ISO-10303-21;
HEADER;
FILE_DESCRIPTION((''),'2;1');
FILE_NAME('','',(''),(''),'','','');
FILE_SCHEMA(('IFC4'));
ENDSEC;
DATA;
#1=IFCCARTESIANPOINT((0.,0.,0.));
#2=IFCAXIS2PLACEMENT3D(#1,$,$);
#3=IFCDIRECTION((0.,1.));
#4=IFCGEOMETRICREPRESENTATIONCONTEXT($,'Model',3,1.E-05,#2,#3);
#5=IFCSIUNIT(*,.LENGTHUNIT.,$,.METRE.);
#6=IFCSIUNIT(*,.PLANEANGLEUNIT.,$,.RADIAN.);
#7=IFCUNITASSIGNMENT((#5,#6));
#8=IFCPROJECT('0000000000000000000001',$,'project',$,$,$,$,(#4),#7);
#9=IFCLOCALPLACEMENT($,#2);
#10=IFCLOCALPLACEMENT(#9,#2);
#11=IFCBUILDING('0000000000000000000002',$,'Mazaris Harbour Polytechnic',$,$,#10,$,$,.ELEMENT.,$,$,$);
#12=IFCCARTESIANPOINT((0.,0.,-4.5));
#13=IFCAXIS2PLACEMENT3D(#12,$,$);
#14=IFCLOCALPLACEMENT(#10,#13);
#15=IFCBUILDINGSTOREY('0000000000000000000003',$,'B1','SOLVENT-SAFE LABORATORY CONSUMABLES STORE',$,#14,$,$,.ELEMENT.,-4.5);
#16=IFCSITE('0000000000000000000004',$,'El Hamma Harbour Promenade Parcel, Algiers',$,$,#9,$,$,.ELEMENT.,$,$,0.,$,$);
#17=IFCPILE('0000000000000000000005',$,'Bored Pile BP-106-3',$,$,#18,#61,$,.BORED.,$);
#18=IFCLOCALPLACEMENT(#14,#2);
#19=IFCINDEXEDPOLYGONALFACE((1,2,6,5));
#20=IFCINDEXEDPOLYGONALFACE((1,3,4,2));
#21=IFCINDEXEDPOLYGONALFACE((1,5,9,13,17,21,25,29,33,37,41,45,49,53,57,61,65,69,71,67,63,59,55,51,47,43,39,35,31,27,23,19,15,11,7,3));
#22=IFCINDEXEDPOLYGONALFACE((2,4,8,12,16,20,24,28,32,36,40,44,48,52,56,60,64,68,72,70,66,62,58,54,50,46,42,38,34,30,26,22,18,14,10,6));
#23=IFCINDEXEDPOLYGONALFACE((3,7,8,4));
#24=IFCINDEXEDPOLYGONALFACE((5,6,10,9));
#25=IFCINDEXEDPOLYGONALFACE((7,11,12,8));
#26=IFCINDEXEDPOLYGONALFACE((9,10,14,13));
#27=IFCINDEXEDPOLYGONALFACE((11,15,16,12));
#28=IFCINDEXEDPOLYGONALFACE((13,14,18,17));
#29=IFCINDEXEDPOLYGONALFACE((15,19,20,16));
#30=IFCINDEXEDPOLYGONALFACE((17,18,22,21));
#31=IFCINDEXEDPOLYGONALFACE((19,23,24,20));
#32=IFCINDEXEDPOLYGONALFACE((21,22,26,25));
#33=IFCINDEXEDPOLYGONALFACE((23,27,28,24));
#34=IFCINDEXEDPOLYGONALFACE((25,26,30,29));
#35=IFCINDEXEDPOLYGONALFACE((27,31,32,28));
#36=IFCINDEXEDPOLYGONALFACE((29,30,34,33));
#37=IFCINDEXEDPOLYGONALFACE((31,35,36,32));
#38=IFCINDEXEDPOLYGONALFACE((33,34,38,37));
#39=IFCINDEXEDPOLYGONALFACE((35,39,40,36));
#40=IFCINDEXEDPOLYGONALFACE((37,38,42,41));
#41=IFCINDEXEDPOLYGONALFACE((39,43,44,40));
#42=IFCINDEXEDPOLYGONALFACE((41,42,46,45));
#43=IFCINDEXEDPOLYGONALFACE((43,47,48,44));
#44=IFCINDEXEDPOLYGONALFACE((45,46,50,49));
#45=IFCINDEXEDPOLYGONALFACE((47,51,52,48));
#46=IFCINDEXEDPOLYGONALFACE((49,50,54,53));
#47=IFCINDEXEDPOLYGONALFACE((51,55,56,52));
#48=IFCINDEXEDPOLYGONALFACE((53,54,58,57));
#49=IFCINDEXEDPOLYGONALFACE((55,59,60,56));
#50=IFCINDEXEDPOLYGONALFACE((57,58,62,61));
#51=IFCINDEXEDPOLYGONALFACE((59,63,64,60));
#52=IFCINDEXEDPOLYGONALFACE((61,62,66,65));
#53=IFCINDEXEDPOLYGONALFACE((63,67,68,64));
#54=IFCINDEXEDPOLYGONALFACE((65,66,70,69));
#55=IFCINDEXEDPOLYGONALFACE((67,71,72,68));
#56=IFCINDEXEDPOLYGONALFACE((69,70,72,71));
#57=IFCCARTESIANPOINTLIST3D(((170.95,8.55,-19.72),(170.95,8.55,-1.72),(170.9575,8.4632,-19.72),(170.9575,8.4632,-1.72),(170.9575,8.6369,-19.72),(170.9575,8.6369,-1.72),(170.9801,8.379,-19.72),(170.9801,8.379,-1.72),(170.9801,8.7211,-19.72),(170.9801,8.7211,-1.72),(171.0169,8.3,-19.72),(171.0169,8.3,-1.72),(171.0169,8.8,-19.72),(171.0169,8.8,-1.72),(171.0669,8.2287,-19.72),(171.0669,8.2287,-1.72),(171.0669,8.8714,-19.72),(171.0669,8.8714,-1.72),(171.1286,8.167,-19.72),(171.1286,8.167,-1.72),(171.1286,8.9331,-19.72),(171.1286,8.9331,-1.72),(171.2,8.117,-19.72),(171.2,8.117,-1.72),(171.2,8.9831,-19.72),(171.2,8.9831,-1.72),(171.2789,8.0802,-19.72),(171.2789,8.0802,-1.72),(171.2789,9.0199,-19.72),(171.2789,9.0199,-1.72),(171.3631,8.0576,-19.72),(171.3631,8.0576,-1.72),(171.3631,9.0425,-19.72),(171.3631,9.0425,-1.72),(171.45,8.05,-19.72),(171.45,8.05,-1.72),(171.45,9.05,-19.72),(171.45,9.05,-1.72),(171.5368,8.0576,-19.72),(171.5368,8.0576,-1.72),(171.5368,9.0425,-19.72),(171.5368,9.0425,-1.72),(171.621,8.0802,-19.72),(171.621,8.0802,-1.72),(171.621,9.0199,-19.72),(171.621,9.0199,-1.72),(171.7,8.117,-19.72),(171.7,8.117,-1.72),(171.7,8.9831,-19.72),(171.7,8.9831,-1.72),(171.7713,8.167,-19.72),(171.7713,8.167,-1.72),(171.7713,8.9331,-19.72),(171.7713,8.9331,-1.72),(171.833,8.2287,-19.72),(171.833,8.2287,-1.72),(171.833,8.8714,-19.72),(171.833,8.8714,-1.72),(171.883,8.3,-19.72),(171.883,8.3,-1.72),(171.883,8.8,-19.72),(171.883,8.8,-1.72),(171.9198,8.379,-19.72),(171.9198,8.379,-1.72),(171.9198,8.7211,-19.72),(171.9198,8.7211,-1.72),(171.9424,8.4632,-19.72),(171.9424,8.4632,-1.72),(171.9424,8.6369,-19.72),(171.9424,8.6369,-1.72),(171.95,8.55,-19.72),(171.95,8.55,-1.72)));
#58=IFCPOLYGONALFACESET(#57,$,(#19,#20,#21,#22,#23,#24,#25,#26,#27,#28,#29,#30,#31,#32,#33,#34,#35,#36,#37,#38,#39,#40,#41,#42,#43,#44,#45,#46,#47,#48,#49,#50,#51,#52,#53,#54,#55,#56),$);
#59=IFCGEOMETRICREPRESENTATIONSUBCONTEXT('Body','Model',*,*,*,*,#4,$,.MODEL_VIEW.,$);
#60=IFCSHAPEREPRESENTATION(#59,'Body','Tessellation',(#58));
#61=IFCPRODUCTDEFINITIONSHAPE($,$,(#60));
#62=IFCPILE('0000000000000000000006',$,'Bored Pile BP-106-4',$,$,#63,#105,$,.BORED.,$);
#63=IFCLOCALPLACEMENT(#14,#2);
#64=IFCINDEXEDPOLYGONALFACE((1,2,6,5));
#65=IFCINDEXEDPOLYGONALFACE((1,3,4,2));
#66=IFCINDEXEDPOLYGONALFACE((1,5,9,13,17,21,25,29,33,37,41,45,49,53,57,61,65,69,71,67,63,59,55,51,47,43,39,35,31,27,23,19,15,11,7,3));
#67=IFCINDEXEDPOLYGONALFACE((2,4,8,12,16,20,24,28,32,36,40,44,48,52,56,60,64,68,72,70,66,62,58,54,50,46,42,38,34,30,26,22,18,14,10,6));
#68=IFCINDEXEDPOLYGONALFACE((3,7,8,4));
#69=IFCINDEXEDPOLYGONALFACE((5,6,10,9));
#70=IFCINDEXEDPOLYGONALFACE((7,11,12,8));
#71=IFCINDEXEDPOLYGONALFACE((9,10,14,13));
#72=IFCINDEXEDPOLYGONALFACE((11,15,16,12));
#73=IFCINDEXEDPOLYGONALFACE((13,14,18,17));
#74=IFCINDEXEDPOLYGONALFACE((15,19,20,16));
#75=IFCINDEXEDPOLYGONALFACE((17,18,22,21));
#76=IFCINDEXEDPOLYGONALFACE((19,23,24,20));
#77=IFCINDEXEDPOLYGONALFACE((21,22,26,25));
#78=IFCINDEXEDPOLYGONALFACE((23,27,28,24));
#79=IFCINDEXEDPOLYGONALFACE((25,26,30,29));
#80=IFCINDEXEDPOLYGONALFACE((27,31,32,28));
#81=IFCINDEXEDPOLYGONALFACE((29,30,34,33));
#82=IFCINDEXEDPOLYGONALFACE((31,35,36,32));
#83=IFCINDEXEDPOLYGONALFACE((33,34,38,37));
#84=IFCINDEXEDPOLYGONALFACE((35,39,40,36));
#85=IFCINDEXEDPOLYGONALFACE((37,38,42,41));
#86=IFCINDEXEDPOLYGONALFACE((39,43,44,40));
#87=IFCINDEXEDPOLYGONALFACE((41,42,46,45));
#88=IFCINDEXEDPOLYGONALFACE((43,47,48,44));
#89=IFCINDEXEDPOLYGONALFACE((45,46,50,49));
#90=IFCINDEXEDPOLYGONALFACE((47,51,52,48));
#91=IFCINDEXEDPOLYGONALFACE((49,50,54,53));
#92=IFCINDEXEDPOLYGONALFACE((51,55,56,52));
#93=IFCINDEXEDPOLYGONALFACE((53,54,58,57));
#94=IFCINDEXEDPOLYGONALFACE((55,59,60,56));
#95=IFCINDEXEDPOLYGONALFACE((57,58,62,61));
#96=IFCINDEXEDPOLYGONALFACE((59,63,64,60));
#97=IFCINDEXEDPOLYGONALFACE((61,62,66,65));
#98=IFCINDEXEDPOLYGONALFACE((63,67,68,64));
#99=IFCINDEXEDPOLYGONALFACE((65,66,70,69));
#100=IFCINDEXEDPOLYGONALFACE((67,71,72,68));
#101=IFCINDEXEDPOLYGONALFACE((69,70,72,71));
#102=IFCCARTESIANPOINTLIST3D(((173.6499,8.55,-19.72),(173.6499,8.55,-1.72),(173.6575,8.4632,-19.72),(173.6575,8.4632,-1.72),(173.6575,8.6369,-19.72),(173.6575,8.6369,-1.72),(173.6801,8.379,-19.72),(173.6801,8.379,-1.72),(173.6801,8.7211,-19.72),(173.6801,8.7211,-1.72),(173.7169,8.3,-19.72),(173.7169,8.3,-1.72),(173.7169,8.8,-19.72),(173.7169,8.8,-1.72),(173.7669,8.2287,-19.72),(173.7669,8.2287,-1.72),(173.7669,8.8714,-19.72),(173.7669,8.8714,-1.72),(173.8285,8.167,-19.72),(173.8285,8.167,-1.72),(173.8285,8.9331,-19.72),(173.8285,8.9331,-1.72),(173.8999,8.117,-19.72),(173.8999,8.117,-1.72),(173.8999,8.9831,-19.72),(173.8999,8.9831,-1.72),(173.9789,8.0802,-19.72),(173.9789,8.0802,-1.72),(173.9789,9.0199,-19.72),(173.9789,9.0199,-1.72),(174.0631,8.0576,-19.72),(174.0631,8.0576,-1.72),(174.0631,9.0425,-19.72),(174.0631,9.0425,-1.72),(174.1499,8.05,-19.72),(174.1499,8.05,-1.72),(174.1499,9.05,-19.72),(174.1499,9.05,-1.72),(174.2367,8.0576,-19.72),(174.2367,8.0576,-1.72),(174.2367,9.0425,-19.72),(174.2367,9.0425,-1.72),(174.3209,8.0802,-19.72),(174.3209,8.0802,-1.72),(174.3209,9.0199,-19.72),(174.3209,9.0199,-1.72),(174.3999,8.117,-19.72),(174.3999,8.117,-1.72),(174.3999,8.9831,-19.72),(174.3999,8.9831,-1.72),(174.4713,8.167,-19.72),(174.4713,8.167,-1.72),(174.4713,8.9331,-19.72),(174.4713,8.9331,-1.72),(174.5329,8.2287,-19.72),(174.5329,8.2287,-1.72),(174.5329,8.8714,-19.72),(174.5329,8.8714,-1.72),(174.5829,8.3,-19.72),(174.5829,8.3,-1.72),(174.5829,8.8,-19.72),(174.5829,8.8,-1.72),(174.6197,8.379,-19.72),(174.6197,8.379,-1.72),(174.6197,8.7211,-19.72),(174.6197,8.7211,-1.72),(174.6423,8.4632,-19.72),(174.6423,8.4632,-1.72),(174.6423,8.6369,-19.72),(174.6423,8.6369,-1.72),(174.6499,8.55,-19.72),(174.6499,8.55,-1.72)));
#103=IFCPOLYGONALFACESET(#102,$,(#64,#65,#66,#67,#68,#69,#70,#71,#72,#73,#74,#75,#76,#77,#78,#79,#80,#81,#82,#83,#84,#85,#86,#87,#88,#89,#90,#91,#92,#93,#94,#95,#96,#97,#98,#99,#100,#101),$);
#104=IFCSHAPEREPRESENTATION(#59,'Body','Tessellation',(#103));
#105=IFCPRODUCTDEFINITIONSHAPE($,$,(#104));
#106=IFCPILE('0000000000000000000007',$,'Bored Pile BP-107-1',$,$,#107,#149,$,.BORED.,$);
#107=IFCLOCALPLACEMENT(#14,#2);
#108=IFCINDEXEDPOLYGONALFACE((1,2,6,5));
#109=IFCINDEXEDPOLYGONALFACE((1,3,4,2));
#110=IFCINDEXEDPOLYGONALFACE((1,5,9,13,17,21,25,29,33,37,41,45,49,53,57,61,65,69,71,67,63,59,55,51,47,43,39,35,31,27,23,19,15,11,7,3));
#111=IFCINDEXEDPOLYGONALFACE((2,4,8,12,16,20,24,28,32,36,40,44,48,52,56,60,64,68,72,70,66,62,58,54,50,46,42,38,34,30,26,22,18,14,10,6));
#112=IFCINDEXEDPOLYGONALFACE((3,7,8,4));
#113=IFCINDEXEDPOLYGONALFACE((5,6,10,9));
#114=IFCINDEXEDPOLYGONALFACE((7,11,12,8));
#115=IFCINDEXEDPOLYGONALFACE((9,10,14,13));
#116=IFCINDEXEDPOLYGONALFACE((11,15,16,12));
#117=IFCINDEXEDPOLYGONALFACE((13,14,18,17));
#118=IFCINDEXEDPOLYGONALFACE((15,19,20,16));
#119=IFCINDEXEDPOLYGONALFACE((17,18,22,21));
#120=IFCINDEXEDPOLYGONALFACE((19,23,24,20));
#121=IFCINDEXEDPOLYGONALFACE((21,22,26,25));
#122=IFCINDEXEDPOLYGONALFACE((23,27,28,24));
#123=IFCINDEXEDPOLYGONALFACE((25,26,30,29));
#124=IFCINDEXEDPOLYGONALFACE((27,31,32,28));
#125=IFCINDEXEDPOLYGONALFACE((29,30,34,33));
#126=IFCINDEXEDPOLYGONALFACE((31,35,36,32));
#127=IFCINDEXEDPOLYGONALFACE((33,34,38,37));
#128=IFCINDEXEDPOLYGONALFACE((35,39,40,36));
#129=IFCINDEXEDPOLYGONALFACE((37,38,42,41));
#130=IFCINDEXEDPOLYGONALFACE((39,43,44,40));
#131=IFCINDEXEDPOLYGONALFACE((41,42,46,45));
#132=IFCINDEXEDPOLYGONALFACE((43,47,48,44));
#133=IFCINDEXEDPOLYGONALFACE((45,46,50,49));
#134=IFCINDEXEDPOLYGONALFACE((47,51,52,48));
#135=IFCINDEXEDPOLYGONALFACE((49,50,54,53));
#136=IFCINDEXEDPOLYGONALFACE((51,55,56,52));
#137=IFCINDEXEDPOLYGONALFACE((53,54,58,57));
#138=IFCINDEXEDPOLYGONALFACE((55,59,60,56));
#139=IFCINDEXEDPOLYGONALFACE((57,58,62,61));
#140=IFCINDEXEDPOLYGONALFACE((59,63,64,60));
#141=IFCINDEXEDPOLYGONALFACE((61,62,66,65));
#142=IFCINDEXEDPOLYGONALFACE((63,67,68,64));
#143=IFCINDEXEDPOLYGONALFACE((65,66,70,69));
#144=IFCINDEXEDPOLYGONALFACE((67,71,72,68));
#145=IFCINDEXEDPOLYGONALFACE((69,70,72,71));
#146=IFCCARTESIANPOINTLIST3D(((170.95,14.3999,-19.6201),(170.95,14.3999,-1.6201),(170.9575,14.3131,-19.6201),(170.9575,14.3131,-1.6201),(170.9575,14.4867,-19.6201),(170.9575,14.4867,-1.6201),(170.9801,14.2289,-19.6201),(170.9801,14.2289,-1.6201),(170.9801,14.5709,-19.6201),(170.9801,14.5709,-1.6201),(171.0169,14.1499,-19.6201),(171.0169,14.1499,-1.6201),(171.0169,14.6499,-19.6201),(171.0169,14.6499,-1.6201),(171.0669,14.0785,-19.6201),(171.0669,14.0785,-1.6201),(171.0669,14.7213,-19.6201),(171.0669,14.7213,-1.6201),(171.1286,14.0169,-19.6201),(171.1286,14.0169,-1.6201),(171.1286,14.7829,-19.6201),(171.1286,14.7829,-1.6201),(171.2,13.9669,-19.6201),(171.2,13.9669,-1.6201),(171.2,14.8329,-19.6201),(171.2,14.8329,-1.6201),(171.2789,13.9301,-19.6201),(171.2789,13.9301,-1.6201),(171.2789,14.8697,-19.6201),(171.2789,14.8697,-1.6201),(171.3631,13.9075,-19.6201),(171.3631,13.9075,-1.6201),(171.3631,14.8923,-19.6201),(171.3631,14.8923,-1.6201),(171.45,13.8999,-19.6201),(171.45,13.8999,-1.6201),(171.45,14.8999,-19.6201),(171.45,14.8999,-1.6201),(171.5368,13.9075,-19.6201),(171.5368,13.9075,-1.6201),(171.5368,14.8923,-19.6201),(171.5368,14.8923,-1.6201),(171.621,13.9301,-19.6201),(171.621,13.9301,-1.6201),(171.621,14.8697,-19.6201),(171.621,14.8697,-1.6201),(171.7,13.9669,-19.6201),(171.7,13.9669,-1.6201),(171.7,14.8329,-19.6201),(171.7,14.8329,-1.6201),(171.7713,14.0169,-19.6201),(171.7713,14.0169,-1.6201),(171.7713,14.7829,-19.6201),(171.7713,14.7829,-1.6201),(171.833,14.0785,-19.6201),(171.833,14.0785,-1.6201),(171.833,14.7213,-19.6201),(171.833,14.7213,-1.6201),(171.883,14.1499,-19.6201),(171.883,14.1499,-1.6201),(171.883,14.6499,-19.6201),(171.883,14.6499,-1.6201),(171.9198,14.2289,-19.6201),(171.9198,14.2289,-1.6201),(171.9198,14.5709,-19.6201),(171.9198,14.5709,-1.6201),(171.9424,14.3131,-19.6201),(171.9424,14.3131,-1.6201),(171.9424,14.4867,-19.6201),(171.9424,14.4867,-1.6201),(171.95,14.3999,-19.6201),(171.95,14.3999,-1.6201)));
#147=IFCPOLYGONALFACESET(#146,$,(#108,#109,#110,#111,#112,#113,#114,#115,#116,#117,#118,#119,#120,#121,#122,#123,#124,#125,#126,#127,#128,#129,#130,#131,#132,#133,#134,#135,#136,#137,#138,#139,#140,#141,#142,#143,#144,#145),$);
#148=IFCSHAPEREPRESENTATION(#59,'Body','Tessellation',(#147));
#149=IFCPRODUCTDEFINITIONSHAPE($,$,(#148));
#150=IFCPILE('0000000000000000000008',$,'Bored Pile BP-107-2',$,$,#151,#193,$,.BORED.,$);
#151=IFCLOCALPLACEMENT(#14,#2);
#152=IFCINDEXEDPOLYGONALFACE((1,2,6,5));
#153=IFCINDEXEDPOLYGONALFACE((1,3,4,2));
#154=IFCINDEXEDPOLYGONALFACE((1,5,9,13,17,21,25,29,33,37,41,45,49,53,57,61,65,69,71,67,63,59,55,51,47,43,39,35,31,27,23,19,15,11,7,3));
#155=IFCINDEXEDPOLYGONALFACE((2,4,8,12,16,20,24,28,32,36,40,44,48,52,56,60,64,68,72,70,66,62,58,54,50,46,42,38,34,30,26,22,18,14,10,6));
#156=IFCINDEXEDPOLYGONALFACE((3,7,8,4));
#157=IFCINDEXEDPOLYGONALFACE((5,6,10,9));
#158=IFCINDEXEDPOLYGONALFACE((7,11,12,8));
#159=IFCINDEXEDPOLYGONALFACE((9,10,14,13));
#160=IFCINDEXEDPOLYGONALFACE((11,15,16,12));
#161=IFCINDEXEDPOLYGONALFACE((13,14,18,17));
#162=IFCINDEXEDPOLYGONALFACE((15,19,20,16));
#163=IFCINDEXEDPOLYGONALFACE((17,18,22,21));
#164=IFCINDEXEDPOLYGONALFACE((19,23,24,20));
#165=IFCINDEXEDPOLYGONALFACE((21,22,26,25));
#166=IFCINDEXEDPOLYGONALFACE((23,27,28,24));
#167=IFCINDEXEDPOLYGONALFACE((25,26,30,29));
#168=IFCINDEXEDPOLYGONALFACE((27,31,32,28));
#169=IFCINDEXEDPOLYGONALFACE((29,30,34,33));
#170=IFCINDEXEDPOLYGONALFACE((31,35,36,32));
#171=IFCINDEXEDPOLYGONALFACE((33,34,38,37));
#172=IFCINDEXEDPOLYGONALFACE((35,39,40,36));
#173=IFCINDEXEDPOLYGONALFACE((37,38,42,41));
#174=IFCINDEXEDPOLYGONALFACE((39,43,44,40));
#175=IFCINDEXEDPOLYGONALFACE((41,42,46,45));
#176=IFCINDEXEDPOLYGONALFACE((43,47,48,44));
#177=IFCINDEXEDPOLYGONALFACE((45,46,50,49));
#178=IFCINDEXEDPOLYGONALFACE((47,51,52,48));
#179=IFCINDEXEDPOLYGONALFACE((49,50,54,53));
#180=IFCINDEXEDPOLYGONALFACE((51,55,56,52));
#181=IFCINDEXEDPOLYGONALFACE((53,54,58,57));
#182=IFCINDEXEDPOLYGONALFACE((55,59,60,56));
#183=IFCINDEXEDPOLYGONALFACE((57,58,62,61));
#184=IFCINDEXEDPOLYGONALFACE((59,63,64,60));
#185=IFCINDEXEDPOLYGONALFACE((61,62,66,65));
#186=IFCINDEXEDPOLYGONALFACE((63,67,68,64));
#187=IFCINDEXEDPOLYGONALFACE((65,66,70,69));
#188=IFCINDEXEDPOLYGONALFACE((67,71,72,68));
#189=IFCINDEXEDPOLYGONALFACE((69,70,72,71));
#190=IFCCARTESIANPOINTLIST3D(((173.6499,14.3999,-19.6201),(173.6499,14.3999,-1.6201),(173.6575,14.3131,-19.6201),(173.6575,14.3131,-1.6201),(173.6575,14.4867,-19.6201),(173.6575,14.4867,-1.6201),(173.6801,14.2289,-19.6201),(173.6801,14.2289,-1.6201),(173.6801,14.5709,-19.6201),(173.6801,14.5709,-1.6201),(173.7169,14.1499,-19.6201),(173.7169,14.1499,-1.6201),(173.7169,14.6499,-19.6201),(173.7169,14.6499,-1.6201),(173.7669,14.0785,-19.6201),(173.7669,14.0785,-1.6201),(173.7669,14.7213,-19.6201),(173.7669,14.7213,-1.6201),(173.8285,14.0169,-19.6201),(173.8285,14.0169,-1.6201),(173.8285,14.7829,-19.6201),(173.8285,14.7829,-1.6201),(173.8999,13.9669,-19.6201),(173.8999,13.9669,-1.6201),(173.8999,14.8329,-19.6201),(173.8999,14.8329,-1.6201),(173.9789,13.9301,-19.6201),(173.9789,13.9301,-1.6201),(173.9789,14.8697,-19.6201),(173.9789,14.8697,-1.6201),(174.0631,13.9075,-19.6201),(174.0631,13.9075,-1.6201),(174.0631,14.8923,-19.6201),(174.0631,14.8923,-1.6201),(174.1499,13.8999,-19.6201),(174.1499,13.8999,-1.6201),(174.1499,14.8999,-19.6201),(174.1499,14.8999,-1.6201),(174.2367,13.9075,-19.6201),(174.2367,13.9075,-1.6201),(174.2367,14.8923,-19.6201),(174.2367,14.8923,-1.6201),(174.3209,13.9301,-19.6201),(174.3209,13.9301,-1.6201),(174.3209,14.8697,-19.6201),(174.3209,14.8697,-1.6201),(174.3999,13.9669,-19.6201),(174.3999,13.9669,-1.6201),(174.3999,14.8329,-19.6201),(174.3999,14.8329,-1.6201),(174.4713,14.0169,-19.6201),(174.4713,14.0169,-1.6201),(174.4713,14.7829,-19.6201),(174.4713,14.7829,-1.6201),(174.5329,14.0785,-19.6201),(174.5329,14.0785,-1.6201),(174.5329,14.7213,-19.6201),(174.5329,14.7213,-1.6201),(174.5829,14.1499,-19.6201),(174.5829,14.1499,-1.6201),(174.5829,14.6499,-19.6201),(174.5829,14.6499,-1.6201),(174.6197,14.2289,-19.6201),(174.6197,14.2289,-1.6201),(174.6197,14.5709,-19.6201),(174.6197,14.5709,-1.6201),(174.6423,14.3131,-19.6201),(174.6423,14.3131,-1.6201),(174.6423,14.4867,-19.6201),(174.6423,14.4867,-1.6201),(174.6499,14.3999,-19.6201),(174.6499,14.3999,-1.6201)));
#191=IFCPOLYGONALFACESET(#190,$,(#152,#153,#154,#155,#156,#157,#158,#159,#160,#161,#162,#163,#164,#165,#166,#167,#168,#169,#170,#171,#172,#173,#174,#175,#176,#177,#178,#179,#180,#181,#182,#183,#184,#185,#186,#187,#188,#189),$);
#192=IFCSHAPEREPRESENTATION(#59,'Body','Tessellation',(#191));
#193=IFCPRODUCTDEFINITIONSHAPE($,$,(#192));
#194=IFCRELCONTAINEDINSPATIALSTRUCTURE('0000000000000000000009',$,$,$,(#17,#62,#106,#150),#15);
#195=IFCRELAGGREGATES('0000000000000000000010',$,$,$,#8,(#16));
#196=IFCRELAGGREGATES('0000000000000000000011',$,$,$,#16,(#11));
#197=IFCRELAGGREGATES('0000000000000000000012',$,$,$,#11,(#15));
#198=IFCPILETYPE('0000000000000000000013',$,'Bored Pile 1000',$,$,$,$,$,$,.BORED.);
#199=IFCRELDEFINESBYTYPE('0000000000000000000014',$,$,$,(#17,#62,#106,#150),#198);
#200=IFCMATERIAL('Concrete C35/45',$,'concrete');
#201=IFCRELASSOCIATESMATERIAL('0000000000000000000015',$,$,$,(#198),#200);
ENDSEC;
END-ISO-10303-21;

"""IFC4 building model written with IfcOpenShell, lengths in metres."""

from ifc_helpers import new_model, si_unit, direction, frame, origin, origin_2d, place, context, subcontext, project, spatial, circle, extrude, material, material_profile, profile_set, type_object, element, save


model = new_model("IFC4")

# Units and contexts
model_context = context("Model", 3, precision=1e-05, world=origin(), true_north=direction((0.0, 1.0)))
body_context = subcontext(model_context, "Body", "Model", "MODEL_VIEW")
ifc_project = project(units=[si_unit("LENGTHUNIT", "METRE"), si_unit("PLANEANGLEUNIT", "RADIAN")], contexts=[model_context])

# Site, building, storey
site_placement = place(None, origin())
site = spatial("IfcSite", under=ifc_project, at=site_placement, Name="El Hamma Harbour Promenade Parcel, Algiers", CompositionType="ELEMENT", RefElevation=0.0)
building_placement = place(site_placement, origin())
building = spatial("IfcBuilding", under=site, at=building_placement, Name="Mazaris Harbour Polytechnic", CompositionType="ELEMENT")
storey_placement = place(building_placement, frame((0.0, 0.0, -4.5)))
storey = spatial("IfcBuildingStorey", under=building, at=storey_placement, Name="B1", Description="SOLVENT-SAFE LABORATORY CONSUMABLES STORE", CompositionType="ELEMENT", Elevation=-4.5)

# Piles
ifc_material_1 = material(Name="Concrete C35/45", Category="concrete")
ifc_material_profile_1 = material_profile(ifc_material_1, circle(Radius=0.5, at=origin_2d()), Name="DIA1000")
ifc_profile_set_1 = profile_set([ifc_material_profile_1], Name="Concrete C35/45")
pile_type_1 = type_object("IfcPileType", Name="Bored Pile 1000", PredefinedType="BORED", material=ifc_profile_set_1)
for number, where, z_axis, x_axis, name in (
    (1, (171.45, 8.55, -1.72), (0.0, 0.0, -1.0), (1.0, 0.0, 0.0), "Bored Pile BP-106-3"),
    (2, (174.1499, 8.55, -1.72), (0.0, 0.0, -1.0), (1.0, 0.0, 0.0), "Bored Pile BP-106-4"),
    (3, (171.45, 14.3999, -1.6201), (0.0, 0.0, -1.0), (1.0, 0.0, 0.0), "Bored Pile BP-107-1"),
    (4, (174.1499, 14.3999, -1.6201), (0.0, 0.0, -1.0), (1.0, 0.0, 0.0), "Bored Pile BP-107-2"),
):
    element("IfcPile", number, at=place(storey_placement, frame(where, z_axis=z_axis, x_axis=x_axis)), inside=storey, type_object=pile_type_1, Name=name, PredefinedType="BORED", context=body_context, shape_type="SweptSolid", body=[
        extrude(circle(Radius=0.5, at=origin_2d()), origin(), (0.0, 0.0, 1.0), 18.0),
    ])

save(model, "model.ifc")
